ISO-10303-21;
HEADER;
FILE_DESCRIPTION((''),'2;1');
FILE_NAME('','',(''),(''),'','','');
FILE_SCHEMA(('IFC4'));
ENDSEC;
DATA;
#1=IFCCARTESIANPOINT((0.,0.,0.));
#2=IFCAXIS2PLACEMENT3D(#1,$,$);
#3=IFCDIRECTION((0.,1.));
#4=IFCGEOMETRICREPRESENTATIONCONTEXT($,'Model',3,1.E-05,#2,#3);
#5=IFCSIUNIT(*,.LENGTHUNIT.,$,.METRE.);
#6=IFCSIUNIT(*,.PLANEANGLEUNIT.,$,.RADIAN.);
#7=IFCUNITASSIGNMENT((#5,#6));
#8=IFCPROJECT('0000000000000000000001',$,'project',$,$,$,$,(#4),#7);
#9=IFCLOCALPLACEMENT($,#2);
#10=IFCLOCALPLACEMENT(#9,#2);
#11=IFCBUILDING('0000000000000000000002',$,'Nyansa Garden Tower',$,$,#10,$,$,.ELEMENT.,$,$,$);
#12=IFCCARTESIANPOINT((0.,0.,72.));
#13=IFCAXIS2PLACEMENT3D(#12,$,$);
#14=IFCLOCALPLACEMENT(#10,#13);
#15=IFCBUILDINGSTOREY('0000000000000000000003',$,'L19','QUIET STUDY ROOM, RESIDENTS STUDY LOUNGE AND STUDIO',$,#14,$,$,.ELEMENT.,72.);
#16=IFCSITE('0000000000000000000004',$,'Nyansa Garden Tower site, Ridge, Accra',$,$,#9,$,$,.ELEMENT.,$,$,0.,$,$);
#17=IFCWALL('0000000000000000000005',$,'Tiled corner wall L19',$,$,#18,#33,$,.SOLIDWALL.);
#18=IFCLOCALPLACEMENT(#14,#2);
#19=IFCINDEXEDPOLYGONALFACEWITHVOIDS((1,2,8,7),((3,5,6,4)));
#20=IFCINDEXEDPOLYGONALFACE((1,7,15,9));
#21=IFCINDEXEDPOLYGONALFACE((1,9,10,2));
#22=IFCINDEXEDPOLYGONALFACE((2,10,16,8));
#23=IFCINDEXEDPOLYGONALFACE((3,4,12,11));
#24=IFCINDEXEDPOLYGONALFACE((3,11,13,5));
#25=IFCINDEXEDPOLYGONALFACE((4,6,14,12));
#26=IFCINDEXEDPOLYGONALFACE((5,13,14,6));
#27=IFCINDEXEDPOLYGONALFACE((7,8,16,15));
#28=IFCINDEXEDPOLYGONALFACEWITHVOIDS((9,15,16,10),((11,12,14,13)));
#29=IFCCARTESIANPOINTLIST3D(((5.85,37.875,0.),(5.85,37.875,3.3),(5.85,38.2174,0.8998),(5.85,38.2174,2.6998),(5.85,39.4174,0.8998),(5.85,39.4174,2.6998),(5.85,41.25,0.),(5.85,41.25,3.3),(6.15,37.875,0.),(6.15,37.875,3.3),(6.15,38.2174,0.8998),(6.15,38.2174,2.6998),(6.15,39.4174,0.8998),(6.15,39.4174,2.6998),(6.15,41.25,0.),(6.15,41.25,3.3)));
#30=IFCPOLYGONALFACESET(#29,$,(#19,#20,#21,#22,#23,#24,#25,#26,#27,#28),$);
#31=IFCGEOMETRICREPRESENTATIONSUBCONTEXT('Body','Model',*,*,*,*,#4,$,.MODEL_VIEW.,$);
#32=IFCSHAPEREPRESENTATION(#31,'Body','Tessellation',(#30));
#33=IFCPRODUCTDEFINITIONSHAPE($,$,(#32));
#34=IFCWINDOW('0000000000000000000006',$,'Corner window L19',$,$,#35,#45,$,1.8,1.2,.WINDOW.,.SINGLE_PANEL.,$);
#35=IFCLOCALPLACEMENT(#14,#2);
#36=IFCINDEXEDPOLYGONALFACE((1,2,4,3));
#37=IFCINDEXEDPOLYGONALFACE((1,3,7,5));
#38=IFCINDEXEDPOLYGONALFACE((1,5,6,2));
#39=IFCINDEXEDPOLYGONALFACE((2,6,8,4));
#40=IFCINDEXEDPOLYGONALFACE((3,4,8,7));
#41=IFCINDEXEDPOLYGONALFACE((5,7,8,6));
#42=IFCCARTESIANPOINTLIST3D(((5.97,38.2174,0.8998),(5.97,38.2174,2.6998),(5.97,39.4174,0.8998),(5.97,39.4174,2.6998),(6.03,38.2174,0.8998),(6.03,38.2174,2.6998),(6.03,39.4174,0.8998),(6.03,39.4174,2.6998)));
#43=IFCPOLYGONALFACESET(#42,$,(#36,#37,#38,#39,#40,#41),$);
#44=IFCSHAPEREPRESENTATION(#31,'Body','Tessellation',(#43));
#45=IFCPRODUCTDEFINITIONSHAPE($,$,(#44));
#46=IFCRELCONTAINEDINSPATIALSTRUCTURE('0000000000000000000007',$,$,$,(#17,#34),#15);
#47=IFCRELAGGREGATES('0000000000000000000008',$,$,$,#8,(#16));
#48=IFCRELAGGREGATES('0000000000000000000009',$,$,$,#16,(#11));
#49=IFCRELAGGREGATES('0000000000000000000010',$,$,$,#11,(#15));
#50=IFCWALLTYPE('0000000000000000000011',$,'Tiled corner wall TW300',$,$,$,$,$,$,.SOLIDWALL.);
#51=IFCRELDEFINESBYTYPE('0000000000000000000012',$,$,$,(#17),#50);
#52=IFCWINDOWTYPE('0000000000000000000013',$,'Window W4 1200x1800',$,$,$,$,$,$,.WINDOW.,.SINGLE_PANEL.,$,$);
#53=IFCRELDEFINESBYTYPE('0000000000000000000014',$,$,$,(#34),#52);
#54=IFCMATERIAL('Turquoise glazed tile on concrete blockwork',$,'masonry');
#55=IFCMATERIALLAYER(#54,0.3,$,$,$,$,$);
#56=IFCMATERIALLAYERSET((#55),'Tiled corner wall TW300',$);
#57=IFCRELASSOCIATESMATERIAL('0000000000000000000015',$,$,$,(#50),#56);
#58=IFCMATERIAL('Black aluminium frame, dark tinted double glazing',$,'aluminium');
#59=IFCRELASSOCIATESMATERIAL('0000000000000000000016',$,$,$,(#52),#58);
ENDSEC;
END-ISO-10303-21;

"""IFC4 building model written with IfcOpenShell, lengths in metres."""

from ifc_helpers import new_model, si_unit, direction, frame, frame_2d, origin, place, context, subcontext, project, spatial, rectangle, extrude, material, layer, layer_set, type_object, element, fill, save


model = new_model("IFC4")

# Units and contexts
model_context = context("Model", 3, precision=1e-05, world=origin(), true_north=direction((0.0, 1.0)))
body_context = subcontext(model_context, "Body", "Model", "MODEL_VIEW")
ifc_project = project(units=[si_unit("LENGTHUNIT", "METRE"), si_unit("PLANEANGLEUNIT", "RADIAN")], contexts=[model_context])

# Site, building, storey
site_placement = place(None, origin())
site = spatial("IfcSite", under=ifc_project, at=site_placement, Name="Nyansa Garden Tower site, Ridge, Accra", CompositionType="ELEMENT", RefElevation=0.0)
building_placement = place(site_placement, origin())
building = spatial("IfcBuilding", under=site, at=building_placement, Name="Nyansa Garden Tower", CompositionType="ELEMENT")
storey_placement = place(building_placement, frame((0.0, 0.0, 72.0)))
storey = spatial("IfcBuildingStorey", under=building, at=storey_placement, Name="L19", Description="QUIET STUDY ROOM, RESIDENTS STUDY LOUNGE AND STUDIO", CompositionType="ELEMENT", Elevation=72.0)

# Wall, opening, window
ifc_material_1 = material(Name="Turquoise glazed tile on concrete blockwork", Category="masonry")
ifc_layer_1 = layer(ifc_material_1, 0.3)
ifc_layer_set_1 = layer_set([ifc_layer_1], Name="Tiled corner wall TW300")
wall_type_1 = type_object("IfcWallType", Name="Tiled corner wall TW300", PredefinedType="SOLIDWALL", material=ifc_layer_set_1)
wall_1_placement = place(storey_placement, frame((6.0, 41.25, 0.0), z_axis=(0.0, 0.0, 1.0), x_axis=(0.0, -1.0, 0.0)))
wall_1 = element("IfcWall", 1, at=wall_1_placement, inside=storey, type_object=wall_type_1, Name="Tiled corner wall L19", PredefinedType="SOLIDWALL", context=body_context, shape_type="SweptSolid", body=[
    extrude(rectangle(XDim=3.375, YDim=0.3, at=frame_2d((1.6875, 0.0))), origin(), (0.0, 0.0, 1.0), 3.3),
])
opening_1_placement = place(wall_1_placement, frame((1.8325, 0.0, 0.8999)))
opening_1 = element("IfcOpeningElement", 2, at=opening_1_placement, cuts=wall_1, PredefinedType="OPENING", context=body_context, shape_type="SweptSolid", body=[
    extrude(rectangle(XDim=1.2, YDim=1.8, at=frame_2d((0.6001, 0.8999))), frame((0.0, 0.1599, 0.0), z_axis=(0.0, -1.0, 0.0), x_axis=(1.0, 0.0, 0.0)), (0.0, 0.0, 1.0), 0.3201),
])
ifc_material_2 = material(Name="Black aluminium frame, dark tinted double glazing", Category="aluminium")
window_type = type_object("IfcWindowType", Name="Window W4 1200x1800", PartitioningType="SINGLE_PANEL", PredefinedType="WINDOW", material=ifc_material_2)
window_placement = place(opening_1_placement, origin())
window = element("IfcWindow", 3, at=window_placement, inside=storey, type_object=window_type, Name="Corner window L19", OverallHeight=1.8, OverallWidth=1.2, PartitioningType="SINGLE_PANEL", PredefinedType="WINDOW", context=body_context, shape_type="SweptSolid", body=[
    extrude(rectangle(XDim=1.2, YDim=1.8, at=frame_2d((0.6001, 0.8999))), frame((0.0, 0.03, 0.0), z_axis=(0.0, -1.0, 0.0), x_axis=(1.0, 0.0, 0.0)), (0.0, 0.0, 1.0), 0.0601),
])
fill(opening_1, window)

save(model, "model.ifc")
